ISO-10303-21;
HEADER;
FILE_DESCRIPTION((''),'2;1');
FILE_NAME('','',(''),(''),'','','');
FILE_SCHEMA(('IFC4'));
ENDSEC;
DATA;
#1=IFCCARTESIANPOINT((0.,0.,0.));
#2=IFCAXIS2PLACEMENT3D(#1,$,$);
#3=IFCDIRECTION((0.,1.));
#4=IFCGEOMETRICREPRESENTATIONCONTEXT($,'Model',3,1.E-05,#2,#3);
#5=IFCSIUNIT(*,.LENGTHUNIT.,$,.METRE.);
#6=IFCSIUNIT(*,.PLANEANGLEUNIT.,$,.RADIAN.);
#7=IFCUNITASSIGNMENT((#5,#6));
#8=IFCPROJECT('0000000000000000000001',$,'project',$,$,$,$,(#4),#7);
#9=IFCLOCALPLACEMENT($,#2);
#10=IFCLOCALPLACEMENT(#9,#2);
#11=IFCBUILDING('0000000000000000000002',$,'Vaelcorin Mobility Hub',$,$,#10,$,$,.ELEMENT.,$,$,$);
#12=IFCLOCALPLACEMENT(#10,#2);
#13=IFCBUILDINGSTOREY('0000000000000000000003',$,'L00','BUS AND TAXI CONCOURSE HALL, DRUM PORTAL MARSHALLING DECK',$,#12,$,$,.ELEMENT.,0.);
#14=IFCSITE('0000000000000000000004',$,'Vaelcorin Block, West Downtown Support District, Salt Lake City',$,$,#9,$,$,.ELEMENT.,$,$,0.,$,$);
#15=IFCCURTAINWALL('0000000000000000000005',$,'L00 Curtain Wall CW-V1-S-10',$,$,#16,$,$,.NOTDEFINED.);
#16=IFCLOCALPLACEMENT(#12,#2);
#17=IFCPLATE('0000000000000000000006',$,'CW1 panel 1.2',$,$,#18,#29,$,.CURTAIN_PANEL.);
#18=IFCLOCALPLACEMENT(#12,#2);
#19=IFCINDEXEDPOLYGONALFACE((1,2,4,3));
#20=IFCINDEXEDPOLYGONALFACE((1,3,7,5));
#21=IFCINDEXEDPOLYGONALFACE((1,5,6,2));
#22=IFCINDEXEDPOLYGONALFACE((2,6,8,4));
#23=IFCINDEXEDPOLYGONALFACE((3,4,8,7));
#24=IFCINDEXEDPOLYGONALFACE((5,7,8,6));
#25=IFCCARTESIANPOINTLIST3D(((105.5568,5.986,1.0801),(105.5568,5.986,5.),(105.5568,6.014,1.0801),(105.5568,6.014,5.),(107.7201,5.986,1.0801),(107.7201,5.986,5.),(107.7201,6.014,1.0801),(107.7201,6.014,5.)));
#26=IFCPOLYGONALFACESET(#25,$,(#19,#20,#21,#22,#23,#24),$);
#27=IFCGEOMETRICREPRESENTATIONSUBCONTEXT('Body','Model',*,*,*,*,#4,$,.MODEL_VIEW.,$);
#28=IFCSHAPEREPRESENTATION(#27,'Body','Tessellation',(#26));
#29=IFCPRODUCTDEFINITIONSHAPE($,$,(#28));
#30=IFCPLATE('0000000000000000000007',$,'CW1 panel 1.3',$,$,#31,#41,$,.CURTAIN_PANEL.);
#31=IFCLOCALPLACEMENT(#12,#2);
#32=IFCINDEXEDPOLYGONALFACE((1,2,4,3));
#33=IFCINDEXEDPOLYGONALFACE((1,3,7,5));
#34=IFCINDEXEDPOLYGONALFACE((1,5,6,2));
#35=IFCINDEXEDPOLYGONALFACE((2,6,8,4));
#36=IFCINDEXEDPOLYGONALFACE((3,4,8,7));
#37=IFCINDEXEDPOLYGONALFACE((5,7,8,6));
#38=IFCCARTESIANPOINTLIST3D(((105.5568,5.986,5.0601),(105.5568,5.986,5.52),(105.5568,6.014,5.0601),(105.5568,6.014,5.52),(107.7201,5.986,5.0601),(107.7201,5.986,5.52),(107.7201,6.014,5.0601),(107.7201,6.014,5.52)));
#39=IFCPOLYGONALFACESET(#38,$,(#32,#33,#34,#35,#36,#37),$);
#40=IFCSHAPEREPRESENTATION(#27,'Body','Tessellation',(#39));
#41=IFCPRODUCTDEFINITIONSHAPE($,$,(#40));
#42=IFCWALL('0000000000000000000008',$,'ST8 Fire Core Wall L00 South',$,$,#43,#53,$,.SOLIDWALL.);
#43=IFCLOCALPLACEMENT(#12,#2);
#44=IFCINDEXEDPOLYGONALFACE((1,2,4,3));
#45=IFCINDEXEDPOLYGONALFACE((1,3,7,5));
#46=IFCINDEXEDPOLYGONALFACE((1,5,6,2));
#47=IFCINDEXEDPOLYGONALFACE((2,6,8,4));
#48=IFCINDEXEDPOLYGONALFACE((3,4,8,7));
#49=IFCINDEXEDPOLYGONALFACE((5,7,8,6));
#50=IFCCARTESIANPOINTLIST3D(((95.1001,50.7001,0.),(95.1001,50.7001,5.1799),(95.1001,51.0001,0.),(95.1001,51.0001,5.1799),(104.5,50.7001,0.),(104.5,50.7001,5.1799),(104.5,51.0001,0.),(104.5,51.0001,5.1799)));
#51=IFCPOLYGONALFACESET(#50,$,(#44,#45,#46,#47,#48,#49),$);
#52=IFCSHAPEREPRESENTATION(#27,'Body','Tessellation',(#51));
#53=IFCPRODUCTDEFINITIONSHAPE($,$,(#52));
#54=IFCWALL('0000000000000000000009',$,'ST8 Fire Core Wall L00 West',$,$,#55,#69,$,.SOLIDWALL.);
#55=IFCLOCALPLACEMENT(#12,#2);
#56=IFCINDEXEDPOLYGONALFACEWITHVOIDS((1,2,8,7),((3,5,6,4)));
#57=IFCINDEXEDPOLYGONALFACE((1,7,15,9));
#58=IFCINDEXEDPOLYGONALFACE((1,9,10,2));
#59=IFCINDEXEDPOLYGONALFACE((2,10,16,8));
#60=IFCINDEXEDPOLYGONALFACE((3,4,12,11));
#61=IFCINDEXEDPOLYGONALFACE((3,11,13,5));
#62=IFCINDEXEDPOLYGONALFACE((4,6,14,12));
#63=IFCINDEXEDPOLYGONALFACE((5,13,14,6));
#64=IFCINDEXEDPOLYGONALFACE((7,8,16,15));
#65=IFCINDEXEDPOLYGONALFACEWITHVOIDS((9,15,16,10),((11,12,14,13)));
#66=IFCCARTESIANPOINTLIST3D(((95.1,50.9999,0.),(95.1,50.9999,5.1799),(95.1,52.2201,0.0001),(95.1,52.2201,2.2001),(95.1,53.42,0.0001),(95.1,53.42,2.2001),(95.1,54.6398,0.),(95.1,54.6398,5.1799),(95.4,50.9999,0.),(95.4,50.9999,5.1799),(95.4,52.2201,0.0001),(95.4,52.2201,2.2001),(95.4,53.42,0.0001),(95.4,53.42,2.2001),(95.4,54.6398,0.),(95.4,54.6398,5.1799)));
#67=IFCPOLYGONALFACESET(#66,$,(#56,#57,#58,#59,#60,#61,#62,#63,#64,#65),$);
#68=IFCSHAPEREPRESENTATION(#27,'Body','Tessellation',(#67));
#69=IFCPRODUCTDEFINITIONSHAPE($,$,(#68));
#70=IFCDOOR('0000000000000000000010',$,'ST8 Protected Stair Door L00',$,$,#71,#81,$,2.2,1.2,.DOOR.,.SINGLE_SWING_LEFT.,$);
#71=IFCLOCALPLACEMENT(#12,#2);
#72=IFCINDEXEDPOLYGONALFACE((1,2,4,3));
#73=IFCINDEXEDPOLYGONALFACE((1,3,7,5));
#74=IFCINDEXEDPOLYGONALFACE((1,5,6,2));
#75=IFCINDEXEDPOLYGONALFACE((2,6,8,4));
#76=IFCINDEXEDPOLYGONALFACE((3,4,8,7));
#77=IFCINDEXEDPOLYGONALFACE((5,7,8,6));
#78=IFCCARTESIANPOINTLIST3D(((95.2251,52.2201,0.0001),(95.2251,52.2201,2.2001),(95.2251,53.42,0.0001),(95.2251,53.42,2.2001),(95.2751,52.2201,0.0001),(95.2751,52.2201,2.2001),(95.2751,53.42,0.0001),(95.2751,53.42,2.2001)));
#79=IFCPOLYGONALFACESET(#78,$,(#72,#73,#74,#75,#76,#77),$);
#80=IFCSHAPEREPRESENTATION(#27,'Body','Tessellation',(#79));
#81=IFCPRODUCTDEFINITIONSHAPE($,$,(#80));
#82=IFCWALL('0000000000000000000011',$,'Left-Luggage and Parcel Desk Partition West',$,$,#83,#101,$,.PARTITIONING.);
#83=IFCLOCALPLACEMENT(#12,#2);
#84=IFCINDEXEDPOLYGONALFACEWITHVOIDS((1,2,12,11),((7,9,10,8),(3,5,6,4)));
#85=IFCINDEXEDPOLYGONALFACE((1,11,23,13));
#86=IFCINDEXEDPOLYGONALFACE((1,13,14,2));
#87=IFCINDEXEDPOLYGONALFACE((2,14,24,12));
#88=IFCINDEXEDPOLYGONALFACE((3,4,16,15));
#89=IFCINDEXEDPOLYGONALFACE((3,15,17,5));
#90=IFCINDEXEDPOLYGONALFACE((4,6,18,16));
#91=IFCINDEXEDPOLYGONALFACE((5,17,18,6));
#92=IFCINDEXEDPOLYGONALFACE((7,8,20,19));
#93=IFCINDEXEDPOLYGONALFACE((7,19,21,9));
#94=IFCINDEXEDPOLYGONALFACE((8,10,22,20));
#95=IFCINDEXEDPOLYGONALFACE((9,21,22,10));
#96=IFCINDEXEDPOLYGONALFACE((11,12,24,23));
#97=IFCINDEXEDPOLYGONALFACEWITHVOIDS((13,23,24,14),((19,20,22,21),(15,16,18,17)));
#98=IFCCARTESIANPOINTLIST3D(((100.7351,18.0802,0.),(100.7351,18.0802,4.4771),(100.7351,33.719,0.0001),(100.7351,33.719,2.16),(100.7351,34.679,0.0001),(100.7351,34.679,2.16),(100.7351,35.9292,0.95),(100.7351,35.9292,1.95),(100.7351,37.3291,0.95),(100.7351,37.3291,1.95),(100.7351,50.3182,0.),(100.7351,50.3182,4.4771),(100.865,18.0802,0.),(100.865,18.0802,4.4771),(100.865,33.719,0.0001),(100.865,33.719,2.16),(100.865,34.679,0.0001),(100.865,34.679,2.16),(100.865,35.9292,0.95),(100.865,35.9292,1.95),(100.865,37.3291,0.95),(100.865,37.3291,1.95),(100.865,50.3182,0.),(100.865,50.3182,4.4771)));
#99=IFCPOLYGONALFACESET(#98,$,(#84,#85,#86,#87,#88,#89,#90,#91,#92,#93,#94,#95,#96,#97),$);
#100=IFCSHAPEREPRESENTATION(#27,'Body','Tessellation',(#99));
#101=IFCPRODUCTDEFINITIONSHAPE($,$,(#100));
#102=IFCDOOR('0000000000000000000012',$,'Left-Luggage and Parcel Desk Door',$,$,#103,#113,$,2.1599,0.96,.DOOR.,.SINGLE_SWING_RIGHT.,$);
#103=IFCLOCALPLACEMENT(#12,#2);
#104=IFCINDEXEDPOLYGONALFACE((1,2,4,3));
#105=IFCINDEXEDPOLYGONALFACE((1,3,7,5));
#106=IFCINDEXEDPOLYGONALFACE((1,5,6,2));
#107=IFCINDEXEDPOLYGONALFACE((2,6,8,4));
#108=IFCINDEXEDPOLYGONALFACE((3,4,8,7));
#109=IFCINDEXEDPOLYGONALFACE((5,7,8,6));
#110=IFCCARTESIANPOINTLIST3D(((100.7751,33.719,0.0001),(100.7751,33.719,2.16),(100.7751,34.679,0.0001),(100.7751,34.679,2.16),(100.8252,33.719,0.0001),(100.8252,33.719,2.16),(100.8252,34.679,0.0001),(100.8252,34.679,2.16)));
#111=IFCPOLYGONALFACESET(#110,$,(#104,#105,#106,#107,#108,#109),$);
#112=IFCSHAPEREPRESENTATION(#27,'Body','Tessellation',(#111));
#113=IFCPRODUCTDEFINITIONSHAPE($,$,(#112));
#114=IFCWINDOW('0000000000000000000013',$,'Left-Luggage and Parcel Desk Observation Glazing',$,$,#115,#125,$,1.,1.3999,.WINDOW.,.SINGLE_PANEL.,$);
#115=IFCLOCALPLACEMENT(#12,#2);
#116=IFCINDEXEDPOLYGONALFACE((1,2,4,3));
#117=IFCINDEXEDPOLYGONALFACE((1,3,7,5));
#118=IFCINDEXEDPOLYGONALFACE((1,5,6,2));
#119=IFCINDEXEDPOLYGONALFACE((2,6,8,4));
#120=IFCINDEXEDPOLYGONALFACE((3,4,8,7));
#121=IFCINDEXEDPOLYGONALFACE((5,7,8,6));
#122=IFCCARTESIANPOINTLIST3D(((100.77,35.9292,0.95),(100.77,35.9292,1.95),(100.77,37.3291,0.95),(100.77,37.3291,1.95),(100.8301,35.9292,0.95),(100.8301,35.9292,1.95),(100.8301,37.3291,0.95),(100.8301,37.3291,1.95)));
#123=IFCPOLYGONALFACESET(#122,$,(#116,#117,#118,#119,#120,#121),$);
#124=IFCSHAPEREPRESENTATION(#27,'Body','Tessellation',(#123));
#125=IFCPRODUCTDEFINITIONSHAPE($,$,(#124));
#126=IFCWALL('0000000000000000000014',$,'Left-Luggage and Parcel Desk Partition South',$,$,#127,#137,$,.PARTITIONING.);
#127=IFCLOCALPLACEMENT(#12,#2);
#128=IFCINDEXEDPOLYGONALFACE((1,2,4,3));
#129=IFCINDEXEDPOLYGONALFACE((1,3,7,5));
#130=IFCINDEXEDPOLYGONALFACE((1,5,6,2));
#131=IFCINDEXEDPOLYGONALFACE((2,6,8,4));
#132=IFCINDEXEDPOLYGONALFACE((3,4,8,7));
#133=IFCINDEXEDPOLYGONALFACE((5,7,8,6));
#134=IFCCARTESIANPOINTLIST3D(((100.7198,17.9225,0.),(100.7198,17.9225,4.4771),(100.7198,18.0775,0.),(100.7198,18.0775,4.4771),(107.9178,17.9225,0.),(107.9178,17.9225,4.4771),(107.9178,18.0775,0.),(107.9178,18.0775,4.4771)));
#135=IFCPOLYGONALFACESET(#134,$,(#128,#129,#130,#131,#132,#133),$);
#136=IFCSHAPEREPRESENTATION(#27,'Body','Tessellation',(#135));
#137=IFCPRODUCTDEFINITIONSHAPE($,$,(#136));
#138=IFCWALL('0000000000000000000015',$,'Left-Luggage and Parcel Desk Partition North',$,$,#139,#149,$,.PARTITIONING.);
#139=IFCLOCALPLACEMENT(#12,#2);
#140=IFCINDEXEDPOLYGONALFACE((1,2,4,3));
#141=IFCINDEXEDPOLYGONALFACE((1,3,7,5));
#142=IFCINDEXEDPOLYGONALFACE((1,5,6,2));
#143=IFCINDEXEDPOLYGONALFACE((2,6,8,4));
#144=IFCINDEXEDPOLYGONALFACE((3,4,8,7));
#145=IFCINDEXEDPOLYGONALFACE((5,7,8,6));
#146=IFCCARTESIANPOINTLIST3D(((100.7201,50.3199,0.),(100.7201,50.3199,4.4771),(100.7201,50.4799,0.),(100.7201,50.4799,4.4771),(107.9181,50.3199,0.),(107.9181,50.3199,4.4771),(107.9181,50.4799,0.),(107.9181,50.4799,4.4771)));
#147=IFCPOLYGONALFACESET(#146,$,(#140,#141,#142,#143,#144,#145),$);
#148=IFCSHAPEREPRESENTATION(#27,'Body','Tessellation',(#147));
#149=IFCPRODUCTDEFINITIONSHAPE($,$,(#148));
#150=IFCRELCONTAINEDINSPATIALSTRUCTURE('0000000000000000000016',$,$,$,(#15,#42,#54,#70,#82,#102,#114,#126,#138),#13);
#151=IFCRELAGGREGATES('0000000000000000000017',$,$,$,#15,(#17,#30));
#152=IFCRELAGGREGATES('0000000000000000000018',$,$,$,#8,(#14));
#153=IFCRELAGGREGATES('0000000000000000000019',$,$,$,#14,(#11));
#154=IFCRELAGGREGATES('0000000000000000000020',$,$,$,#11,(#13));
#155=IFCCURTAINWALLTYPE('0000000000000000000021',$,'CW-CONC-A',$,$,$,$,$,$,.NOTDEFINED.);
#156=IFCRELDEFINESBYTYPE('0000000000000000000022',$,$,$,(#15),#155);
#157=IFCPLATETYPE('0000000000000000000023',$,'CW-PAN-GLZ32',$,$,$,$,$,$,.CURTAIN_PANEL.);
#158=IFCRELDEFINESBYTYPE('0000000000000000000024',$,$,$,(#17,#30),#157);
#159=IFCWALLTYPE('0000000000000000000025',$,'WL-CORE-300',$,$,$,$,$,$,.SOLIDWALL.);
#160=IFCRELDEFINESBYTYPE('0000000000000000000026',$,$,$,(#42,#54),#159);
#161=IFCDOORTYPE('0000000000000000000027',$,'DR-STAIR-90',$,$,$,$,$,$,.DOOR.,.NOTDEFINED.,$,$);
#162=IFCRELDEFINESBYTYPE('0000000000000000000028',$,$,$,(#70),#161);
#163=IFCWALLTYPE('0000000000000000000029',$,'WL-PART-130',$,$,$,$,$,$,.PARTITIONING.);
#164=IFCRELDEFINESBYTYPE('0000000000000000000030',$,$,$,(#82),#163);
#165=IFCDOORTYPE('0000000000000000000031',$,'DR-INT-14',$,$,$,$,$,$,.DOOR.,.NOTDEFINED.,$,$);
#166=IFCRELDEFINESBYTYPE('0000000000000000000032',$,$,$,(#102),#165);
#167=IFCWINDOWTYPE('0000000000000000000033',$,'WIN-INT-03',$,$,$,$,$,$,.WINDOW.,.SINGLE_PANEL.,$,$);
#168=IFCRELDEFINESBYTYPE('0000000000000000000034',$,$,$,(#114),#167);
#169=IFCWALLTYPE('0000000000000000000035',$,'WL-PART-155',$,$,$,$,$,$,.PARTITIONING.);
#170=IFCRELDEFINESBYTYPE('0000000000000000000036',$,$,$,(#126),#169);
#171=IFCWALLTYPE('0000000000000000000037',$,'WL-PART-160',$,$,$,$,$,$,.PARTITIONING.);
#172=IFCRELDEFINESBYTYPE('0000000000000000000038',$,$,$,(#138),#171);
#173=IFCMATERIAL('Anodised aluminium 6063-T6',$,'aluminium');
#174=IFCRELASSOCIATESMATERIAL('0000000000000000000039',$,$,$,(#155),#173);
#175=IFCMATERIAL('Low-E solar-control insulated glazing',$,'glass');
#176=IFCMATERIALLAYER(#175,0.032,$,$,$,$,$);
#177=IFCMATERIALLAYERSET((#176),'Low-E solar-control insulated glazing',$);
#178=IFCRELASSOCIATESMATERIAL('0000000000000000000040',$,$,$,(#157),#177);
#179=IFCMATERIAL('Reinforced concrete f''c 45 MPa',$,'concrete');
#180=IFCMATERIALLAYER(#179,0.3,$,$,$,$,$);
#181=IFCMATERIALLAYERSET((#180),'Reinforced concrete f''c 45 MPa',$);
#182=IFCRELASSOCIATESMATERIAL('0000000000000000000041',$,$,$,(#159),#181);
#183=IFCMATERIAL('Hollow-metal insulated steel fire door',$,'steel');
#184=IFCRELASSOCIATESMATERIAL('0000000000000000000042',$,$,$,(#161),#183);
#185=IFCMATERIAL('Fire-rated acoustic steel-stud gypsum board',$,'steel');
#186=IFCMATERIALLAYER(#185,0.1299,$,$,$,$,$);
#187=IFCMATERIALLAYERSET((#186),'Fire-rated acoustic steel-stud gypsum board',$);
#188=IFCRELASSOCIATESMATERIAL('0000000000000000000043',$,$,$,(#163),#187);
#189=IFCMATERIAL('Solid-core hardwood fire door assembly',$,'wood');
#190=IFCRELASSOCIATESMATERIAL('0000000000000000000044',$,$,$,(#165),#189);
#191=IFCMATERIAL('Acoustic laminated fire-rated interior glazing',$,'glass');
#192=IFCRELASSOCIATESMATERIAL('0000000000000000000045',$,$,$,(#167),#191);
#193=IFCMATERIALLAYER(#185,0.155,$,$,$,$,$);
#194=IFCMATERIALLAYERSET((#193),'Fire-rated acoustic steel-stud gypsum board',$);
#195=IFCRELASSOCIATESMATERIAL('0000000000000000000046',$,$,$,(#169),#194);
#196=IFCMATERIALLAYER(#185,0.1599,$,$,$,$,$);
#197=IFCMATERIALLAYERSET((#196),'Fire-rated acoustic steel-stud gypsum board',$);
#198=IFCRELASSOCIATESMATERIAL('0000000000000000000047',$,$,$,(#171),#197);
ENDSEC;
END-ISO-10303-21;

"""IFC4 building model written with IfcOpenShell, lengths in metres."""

from ifc_helpers import new_model, si_unit, direction, frame, frame_2d, origin, origin_2d, place, context, subcontext, project, spatial, rectangle, extrude, material, layer, layer_set, type_object, element, fill, aggregate, save


model = new_model("IFC4")

# Units and contexts
model_context = context("Model", 3, precision=1e-05, world=origin(), true_north=direction((0.0, 1.0)))
body_context = subcontext(model_context, "Body", "Model", "MODEL_VIEW")
ifc_project = project(units=[si_unit("LENGTHUNIT", "METRE"), si_unit("PLANEANGLEUNIT", "RADIAN")], contexts=[model_context])

# Site, building, storey
site_placement = place(None, origin())
site = spatial("IfcSite", under=ifc_project, at=site_placement, Name="Vaelcorin Block, West Downtown Support District, Salt Lake City", CompositionType="ELEMENT", RefElevation=0.0)
building_placement = place(site_placement, origin())
building = spatial("IfcBuilding", under=site, at=building_placement, Name="Vaelcorin Mobility Hub", CompositionType="ELEMENT")
storey_placement = place(building_placement, origin())
storey = spatial("IfcBuildingStorey", under=building, at=storey_placement, Name="L00", Description="BUS AND TAXI CONCOURSE HALL, DRUM PORTAL MARSHALLING DECK", CompositionType="ELEMENT", Elevation=0.0)

# Curtain wall
ifc_material_1 = material(Name="Anodised aluminium 6063-T6", Category="aluminium")
curtain_wall_type_1 = type_object("IfcCurtainWallType", Name="CW-CONC-A", PredefinedType="NOTDEFINED", material=ifc_material_1)
curtain_wall_1_placement = place(storey_placement, origin())
curtain_wall_1 = element("IfcCurtainWall", 1, at=curtain_wall_1_placement, inside=storey, type_object=curtain_wall_type_1, Name="L00 Curtain Wall CW-V1-S-10", PredefinedType="NOTDEFINED")

# Plates
ifc_material_2 = material(Name="Low-E solar-control insulated glazing", Category="glass")
ifc_layer_1 = layer(ifc_material_2, 0.032)
ifc_layer_set_1 = layer_set([ifc_layer_1], Name="Low-E solar-control insulated glazing")
plate_type = type_object("IfcPlateType", Name="CW-PAN-GLZ32", PredefinedType="CURTAIN_PANEL", material=ifc_layer_set_1)
plate_1_placement = place(storey_placement, frame((106.6384, 6.0, 1.0801), z_axis=(0.0, 0.0, 1.0), x_axis=(-1.0, 0.0, 0.0)))
plate_1 = element("IfcPlate", 2, at=plate_1_placement, type_object=plate_type, Name="CW1 panel 1.2", PredefinedType="CURTAIN_PANEL", context=body_context, shape_type="SweptSolid", body=[
    extrude(rectangle(XDim=2.1633, YDim=0.0281, at=origin_2d()), origin(), (0.0, 0.0, 1.0), 3.9199),
])
plate_2_placement = place(storey_placement, frame((106.6384, 6.0, 5.0601), z_axis=(0.0, 0.0, 1.0), x_axis=(-1.0, 0.0, 0.0)))
plate_2 = element("IfcPlate", 3, at=plate_2_placement, type_object=plate_type, Name="CW1 panel 1.3", PredefinedType="CURTAIN_PANEL", context=body_context, shape_type="SweptSolid", body=[
    extrude(rectangle(XDim=2.1633, YDim=0.0281, at=origin_2d()), origin(), (0.0, 0.0, 1.0), 0.46),
])
aggregate(curtain_wall_1, [plate_1, plate_2])

# Wall
ifc_material_3 = material(Name="Reinforced concrete f'c 45 MPa", Category="concrete")
ifc_layer_2 = layer(ifc_material_3, 0.3)
ifc_layer_set_2 = layer_set([ifc_layer_2], Name="Reinforced concrete f'c 45 MPa")
wall_type_1 = type_object("IfcWallType", Name="WL-CORE-300", PredefinedType="SOLIDWALL", material=ifc_layer_set_2)
wall_1_placement = place(storey_placement, frame((104.5, 50.8501, 0.0), z_axis=(0.0, 0.0, 1.0), x_axis=(-1.0, 0.0, 0.0)))
element("IfcWall", 4, at=wall_1_placement, inside=storey, type_object=wall_type_1, Name="ST8 Fire Core Wall L00 South", PredefinedType="SOLIDWALL", context=body_context, shape_type="SweptSolid", body=[
    extrude(rectangle(XDim=9.3999, YDim=0.3, at=frame_2d((4.7, 0.0))), origin(), (0.0, 0.0, 1.0), 5.1799),
])

# Wall, opening, door
wall_2_placement = place(storey_placement, frame((95.25, 51.0, 0.0), z_axis=(0.0, 0.0, 1.0), x_axis=(0.0, 1.0, 0.0)))
wall_2 = element("IfcWall", 5, at=wall_2_placement, inside=storey, type_object=wall_type_1, Name="ST8 Fire Core Wall L00 West", PredefinedType="SOLIDWALL", context=body_context, shape_type="SweptSolid", body=[
    extrude(rectangle(XDim=3.6399, YDim=0.3, at=frame_2d((1.8198, 0.0))), origin(), (0.0, 0.0, 1.0), 5.1799),
])
opening_1_placement = place(wall_2_placement, frame((1.22, 0.0, 0.0)))
opening_1 = element("IfcOpeningElement", 6, at=opening_1_placement, cuts=wall_2, PredefinedType="OPENING", context=body_context, shape_type="SweptSolid", body=[
    extrude(rectangle(XDim=1.2, YDim=2.2, at=frame_2d((0.6001, 1.1001))), frame((0.0, 0.1599, 0.0), z_axis=(0.0, -1.0, 0.0), x_axis=(1.0, 0.0, 0.0)), (0.0, 0.0, 1.0), 0.3201),
])
ifc_material_4 = material(Name="Hollow-metal insulated steel fire door", Category="steel")
door_type_1 = type_object("IfcDoorType", Name="DR-STAIR-90", OperationType="NOTDEFINED", PredefinedType="DOOR", material=ifc_material_4)
door_1_placement = place(opening_1_placement, origin())
door_1 = element("IfcDoor", 7, at=door_1_placement, inside=storey, type_object=door_type_1, Name="ST8 Protected Stair Door L00", OperationType="SINGLE_SWING_LEFT", OverallHeight=2.2, OverallWidth=1.2, PredefinedType="DOOR", context=body_context, shape_type="SweptSolid", body=[
    extrude(rectangle(XDim=1.2, YDim=2.2, at=frame_2d((0.6001, 1.1001))), frame((0.0, 0.0249, 0.0), z_axis=(0.0, -1.0, 0.0), x_axis=(1.0, 0.0, 0.0)), (0.0, 0.0, 1.0), 0.05),
])
fill(opening_1, door_1)

# Wall, openings, door, window
ifc_material_5 = material(Name="Fire-rated acoustic steel-stud gypsum board", Category="steel")
ifc_layer_3 = layer(ifc_material_5, 0.1299)
ifc_layer_set_3 = layer_set([ifc_layer_3], Name="Fire-rated acoustic steel-stud gypsum board")
wall_type_2 = type_object("IfcWallType", Name="WL-PART-130", PredefinedType="PARTITIONING", material=ifc_layer_set_3)
wall_3_placement = place(storey_placement, frame((100.8, 18.0801, 0.0), z_axis=(0.0, 0.0, 1.0), x_axis=(0.0, 1.0, 0.0)))
wall_3 = element("IfcWall", 8, at=wall_3_placement, inside=storey, type_object=wall_type_2, Name="Left-Luggage and Parcel Desk Partition West", PredefinedType="PARTITIONING", context=body_context, shape_type="SweptSolid", body=[
    extrude(rectangle(XDim=32.238, YDim=0.1299, at=frame_2d((16.1191, 0.0))), origin(), (0.0, 0.0, 1.0), 4.4771),
])
opening_2_placement = place(wall_3_placement, frame((15.6389, 0.0, 0.0)))
opening_2 = element("IfcOpeningElement", 9, at=opening_2_placement, cuts=wall_3, PredefinedType="OPENING", context=body_context, shape_type="SweptSolid", body=[
    extrude(rectangle(XDim=0.96, YDim=2.1599, at=frame_2d((0.48, 1.0801))), frame((0.0, 0.075, 0.0), z_axis=(0.0, -1.0, 0.0), x_axis=(1.0, 0.0, 0.0)), (0.0, 0.0, 1.0), 0.1499),
])
opening_3_placement = place(wall_3_placement, frame((17.8491, 0.0, 0.95)))
opening_3 = element("IfcOpeningElement", 10, at=opening_3_placement, cuts=wall_3, PredefinedType="OPENING", context=body_context, shape_type="SweptSolid", body=[
    extrude(rectangle(XDim=1.3999, YDim=1.0, at=frame_2d((0.7, 0.5))), frame((0.0, 0.075, 0.0), z_axis=(0.0, -1.0, 0.0), x_axis=(1.0, 0.0, 0.0)), (0.0, 0.0, 1.0), 0.1499),
])
ifc_material_6 = material(Name="Solid-core hardwood fire door assembly", Category="wood")
door_type_2 = type_object("IfcDoorType", Name="DR-INT-14", OperationType="NOTDEFINED", PredefinedType="DOOR", material=ifc_material_6)
door_2_placement = place(opening_2_placement, origin())
door_2 = element("IfcDoor", 11, at=door_2_placement, inside=storey, type_object=door_type_2, Name="Left-Luggage and Parcel Desk Door", OperationType="SINGLE_SWING_RIGHT", OverallHeight=2.1599, OverallWidth=0.96, PredefinedType="DOOR", context=body_context, shape_type="SweptSolid", body=[
    extrude(rectangle(XDim=0.96, YDim=2.1599, at=frame_2d((0.48, 1.0801))), frame((0.0, 0.0249, 0.0), z_axis=(0.0, -1.0, 0.0), x_axis=(1.0, 0.0, 0.0)), (0.0, 0.0, 1.0), 0.05),
])
fill(opening_2, door_2)
ifc_material_7 = material(Name="Acoustic laminated fire-rated interior glazing", Category="glass")
window_type = type_object("IfcWindowType", Name="WIN-INT-03", PartitioningType="SINGLE_PANEL", PredefinedType="WINDOW", material=ifc_material_7)
window_placement = place(opening_3_placement, origin())
window = element("IfcWindow", 12, at=window_placement, inside=storey, type_object=window_type, Name="Left-Luggage and Parcel Desk Observation Glazing", OverallHeight=1.0, OverallWidth=1.3999, PartitioningType="SINGLE_PANEL", PredefinedType="WINDOW", context=body_context, shape_type="SweptSolid", body=[
    extrude(rectangle(XDim=1.3999, YDim=1.0, at=frame_2d((0.7, 0.5))), frame((0.0, 0.03, 0.0), z_axis=(0.0, -1.0, 0.0), x_axis=(1.0, 0.0, 0.0)), (0.0, 0.0, 1.0), 0.0601),
])
fill(opening_3, window)

# Walls
ifc_layer_4 = layer(ifc_material_5, 0.155)
ifc_layer_set_4 = layer_set([ifc_layer_4], Name="Fire-rated acoustic steel-stud gypsum board")
wall_type_3 = type_object("IfcWallType", Name="WL-PART-155", PredefinedType="PARTITIONING", material=ifc_layer_set_4)
wall_4_placement = place(storey_placement, frame((107.918, 18.0, 0.0), z_axis=(0.0, 0.0, 1.0), x_axis=(-1.0, 0.0, 0.0)))
element("IfcWall", 13, at=wall_4_placement, inside=storey, type_object=wall_type_3, Name="Left-Luggage and Parcel Desk Partition South", PredefinedType="PARTITIONING", context=body_context, shape_type="SweptSolid", body=[
    extrude(rectangle(XDim=7.198, YDim=0.155, at=frame_2d((3.5991, 0.0))), origin(), (0.0, 0.0, 1.0), 4.4771),
])
ifc_layer_5 = layer(ifc_material_5, 0.1599)
ifc_layer_set_5 = layer_set([ifc_layer_5], Name="Fire-rated acoustic steel-stud gypsum board")
wall_type_4 = type_object("IfcWallType", Name="WL-PART-160", PredefinedType="PARTITIONING", material=ifc_layer_set_5)
wall_5_placement = place(storey_placement, frame((100.72, 50.3999, 0.0), z_axis=(0.0, 0.0, 1.0), x_axis=(1.0, 0.0, 0.0)))
element("IfcWall", 14, at=wall_5_placement, inside=storey, type_object=wall_type_4, Name="Left-Luggage and Parcel Desk Partition North", PredefinedType="PARTITIONING", context=body_context, shape_type="SweptSolid", body=[
    extrude(rectangle(XDim=7.198, YDim=0.1599, at=frame_2d((3.5991, 0.0))), origin(), (0.0, 0.0, 1.0), 4.4771),
])

save(model, "model.ifc")
